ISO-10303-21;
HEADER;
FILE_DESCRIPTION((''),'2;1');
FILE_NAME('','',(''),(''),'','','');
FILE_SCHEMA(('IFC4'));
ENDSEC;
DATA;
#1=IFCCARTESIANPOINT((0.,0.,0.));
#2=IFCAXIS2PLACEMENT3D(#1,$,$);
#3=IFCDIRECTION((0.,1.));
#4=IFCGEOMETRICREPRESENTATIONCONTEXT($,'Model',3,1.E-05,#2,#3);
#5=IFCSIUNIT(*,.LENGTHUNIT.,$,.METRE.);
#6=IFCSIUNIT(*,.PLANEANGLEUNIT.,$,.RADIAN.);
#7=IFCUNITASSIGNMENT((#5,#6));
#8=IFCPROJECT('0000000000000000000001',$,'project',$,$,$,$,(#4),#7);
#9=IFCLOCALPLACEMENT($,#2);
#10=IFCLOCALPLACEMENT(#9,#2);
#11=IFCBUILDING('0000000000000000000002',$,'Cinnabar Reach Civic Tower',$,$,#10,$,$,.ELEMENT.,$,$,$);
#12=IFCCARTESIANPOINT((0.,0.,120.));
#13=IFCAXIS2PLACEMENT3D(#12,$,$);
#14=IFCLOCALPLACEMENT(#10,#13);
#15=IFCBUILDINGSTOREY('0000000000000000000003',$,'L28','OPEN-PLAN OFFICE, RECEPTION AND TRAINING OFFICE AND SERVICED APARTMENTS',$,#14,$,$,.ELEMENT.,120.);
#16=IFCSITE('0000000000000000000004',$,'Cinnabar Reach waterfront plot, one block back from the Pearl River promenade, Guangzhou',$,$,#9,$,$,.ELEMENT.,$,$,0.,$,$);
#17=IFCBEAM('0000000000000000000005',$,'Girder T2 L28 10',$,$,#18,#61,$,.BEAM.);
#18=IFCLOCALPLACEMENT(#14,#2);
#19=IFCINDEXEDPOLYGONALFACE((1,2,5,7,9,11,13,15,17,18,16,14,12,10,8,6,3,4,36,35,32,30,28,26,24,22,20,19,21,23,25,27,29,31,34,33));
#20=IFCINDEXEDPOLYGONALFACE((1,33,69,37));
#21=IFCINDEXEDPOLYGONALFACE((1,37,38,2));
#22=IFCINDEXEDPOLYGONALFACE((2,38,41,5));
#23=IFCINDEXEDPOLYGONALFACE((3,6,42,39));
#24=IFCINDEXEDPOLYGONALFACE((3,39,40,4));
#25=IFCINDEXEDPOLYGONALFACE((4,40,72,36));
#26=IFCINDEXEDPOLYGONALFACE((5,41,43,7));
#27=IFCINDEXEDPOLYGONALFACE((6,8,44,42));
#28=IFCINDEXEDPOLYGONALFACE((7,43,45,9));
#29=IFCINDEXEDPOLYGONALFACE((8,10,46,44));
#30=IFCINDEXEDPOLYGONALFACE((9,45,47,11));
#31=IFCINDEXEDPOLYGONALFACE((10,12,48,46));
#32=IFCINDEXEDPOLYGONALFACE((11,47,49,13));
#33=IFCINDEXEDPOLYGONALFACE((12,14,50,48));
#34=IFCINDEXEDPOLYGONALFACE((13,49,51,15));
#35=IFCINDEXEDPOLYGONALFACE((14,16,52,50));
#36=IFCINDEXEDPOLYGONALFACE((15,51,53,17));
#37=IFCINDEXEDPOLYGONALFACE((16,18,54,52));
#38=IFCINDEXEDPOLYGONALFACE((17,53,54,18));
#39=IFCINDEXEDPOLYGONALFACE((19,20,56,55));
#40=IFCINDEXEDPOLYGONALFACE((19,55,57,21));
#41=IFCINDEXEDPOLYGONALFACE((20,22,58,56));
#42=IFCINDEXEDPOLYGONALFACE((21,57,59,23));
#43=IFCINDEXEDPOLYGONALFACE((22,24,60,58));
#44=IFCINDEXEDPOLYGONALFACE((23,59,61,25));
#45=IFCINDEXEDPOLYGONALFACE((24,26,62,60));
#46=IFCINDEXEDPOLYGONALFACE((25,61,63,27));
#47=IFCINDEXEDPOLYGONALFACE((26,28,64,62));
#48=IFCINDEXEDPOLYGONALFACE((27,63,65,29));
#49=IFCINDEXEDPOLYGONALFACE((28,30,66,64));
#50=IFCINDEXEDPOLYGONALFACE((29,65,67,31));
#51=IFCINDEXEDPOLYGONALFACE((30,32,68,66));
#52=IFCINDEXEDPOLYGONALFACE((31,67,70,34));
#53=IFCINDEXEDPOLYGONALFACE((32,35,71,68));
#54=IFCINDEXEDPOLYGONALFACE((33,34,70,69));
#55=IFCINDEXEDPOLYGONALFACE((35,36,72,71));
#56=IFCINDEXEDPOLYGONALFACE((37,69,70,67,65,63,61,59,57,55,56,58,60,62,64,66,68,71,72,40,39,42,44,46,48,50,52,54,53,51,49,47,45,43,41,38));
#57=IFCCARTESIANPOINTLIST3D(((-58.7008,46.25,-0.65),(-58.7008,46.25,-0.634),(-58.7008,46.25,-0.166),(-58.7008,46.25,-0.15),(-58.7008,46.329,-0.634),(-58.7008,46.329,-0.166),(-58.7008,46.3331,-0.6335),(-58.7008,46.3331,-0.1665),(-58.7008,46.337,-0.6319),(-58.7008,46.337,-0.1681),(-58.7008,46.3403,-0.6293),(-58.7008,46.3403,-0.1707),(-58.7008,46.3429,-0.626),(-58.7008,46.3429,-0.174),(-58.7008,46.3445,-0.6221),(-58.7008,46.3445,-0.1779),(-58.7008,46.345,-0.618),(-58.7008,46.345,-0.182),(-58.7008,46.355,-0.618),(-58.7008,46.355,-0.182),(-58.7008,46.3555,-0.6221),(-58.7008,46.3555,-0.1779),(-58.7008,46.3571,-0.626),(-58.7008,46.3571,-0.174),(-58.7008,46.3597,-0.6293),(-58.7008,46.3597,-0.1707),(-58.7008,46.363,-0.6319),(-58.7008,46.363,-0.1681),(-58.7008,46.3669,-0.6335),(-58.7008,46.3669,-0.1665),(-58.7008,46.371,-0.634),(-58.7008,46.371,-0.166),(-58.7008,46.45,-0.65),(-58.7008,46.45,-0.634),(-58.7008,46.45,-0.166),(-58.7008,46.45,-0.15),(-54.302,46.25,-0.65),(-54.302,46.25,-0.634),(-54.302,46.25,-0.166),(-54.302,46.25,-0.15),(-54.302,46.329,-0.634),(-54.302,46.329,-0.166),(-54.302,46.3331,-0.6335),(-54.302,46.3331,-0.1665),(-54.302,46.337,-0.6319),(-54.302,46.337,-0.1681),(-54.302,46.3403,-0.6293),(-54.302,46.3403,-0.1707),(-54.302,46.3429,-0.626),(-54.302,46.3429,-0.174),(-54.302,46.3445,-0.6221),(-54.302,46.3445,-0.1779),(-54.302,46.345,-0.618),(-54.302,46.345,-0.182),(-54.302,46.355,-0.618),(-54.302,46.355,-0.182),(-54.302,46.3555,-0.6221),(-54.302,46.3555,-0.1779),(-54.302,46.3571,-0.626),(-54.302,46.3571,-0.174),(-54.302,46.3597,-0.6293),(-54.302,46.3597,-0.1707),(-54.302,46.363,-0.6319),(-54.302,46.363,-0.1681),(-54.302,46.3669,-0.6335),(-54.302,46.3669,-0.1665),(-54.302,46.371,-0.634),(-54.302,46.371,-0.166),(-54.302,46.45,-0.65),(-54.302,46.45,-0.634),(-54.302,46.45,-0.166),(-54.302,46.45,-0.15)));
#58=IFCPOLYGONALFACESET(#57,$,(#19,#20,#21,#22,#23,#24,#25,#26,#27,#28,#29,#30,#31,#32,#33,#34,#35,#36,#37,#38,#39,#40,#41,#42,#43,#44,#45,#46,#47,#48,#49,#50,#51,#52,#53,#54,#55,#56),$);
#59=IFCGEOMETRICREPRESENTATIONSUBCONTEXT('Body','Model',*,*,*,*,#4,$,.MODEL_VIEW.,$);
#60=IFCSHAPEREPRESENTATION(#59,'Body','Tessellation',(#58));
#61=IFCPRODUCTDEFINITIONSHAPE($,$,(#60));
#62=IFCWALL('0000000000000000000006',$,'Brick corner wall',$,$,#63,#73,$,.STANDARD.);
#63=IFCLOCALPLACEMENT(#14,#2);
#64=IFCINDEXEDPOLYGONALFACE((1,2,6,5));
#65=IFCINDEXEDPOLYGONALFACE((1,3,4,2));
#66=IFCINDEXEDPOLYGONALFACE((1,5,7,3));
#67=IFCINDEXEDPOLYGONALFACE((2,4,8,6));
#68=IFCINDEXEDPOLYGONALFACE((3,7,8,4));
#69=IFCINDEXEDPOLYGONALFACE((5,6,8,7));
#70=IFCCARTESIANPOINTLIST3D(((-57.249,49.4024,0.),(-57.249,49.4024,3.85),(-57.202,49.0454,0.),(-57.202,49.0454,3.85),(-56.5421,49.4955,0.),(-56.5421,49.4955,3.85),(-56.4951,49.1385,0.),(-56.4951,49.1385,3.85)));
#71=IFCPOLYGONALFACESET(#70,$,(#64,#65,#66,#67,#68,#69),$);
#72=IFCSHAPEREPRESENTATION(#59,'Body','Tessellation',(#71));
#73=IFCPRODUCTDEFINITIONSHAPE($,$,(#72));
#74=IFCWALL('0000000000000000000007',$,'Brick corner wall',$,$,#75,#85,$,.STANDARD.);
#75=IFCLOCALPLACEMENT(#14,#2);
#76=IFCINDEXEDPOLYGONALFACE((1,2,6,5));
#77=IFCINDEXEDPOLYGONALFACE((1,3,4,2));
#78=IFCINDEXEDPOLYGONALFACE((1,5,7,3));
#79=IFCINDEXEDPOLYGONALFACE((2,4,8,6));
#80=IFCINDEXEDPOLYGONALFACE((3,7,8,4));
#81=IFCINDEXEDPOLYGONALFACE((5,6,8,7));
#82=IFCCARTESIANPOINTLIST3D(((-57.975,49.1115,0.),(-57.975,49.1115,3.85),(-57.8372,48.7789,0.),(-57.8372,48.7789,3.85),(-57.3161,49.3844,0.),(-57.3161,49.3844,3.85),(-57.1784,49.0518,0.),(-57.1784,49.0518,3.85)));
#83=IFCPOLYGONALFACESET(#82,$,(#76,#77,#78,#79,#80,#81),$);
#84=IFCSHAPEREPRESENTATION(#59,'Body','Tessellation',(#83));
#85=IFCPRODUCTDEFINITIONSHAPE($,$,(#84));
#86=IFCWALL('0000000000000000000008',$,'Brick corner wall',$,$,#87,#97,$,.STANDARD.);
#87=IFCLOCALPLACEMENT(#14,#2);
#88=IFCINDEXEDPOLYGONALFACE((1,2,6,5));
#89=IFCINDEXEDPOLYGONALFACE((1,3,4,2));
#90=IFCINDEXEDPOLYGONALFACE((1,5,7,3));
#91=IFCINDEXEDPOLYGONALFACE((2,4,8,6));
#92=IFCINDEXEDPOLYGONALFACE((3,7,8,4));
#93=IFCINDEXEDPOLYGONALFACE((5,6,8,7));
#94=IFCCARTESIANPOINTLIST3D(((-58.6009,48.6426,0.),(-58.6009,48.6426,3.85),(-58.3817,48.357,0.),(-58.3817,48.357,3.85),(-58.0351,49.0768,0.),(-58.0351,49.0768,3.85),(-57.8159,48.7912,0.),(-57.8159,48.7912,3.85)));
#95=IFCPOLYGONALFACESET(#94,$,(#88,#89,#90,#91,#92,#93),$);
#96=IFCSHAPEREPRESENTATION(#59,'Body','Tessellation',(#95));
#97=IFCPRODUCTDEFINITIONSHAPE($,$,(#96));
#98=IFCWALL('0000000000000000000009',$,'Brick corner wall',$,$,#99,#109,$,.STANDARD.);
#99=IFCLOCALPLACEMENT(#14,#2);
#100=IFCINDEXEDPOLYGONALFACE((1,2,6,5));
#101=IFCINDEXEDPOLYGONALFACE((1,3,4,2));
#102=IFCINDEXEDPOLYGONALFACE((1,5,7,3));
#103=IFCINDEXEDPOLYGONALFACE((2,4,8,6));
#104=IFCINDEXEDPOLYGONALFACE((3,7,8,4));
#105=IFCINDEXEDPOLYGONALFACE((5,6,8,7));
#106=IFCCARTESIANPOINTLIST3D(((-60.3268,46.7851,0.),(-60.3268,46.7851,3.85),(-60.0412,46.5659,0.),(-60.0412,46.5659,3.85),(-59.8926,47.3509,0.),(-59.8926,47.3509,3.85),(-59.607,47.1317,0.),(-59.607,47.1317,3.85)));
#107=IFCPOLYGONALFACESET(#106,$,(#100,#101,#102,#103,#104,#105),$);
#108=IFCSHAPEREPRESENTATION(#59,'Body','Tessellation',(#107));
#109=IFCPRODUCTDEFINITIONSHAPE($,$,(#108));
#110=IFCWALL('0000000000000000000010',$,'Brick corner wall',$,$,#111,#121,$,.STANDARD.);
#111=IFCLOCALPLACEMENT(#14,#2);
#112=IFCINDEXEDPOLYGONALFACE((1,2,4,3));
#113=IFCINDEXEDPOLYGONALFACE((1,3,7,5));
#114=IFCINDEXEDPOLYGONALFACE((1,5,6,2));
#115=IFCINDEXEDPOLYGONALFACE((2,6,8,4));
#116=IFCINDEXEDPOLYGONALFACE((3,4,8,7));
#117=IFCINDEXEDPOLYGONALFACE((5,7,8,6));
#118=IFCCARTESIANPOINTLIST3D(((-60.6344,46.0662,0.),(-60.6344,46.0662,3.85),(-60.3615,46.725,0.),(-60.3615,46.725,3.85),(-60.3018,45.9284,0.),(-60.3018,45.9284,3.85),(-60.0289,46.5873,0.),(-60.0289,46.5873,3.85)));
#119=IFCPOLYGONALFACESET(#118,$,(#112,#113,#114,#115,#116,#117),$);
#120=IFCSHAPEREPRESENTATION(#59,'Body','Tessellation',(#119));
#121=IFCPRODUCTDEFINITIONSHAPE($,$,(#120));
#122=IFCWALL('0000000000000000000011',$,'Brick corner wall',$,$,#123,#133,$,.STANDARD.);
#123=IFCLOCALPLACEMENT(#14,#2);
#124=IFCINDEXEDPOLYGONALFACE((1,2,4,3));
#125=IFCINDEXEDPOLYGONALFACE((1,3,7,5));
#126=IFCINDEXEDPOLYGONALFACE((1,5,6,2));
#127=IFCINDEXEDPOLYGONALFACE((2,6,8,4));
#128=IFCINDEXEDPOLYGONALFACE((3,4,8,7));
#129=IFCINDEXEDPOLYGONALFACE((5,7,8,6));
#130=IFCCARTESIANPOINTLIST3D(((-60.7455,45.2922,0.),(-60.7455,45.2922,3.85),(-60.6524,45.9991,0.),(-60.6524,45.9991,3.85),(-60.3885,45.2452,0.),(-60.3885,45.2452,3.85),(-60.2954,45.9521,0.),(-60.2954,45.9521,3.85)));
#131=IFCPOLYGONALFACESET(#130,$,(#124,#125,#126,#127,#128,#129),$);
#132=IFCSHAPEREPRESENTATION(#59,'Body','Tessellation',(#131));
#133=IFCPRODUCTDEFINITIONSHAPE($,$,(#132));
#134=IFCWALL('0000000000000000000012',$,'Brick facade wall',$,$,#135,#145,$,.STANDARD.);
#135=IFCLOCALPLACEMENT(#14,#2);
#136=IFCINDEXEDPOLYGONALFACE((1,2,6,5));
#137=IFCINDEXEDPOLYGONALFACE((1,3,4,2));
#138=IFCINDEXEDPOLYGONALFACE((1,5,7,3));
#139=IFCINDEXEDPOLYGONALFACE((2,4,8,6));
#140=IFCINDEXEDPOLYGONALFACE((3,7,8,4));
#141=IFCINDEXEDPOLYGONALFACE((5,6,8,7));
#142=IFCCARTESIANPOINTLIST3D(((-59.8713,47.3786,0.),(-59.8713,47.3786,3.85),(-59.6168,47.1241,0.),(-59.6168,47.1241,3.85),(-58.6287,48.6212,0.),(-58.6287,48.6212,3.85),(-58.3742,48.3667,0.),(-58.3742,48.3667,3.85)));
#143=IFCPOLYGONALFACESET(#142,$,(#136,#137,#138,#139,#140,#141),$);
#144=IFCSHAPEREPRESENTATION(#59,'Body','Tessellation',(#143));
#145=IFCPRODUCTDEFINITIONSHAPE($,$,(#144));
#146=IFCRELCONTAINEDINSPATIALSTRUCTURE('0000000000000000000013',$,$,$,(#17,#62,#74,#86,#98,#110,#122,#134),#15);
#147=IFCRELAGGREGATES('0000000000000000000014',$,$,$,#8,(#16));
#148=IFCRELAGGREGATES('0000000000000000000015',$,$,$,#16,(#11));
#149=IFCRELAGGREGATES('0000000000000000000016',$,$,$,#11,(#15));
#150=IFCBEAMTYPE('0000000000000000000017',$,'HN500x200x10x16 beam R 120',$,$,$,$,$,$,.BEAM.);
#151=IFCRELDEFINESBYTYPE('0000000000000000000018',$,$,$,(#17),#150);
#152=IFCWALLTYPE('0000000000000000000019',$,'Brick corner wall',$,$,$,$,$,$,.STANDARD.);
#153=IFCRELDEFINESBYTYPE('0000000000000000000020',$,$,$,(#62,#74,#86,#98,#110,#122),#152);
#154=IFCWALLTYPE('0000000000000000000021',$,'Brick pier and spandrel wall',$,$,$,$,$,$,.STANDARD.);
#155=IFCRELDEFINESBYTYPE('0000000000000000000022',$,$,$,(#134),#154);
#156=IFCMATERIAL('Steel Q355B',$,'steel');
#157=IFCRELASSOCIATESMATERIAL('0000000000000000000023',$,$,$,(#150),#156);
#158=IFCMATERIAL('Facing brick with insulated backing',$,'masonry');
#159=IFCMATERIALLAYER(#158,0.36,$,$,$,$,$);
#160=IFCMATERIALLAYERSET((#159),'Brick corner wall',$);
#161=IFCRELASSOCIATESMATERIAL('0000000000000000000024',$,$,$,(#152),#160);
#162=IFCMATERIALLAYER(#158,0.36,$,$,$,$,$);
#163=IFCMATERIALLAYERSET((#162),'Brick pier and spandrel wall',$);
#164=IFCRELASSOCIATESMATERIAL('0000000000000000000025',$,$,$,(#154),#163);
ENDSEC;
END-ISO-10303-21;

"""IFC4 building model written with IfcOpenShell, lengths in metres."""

from ifc_helpers import new_model, si_unit, direction, frame, frame_2d, origin, origin_2d, place, context, subcontext, project, spatial, rectangle, i_section, extrude, material, layer, layer_set, material_profile, profile_set, type_object, element, save


model = new_model("IFC4")

# Units and contexts
model_context = context("Model", 3, precision=1e-05, world=origin(), true_north=direction((0.0, 1.0)))
body_context = subcontext(model_context, "Body", "Model", "MODEL_VIEW")
ifc_project = project(units=[si_unit("LENGTHUNIT", "METRE"), si_unit("PLANEANGLEUNIT", "RADIAN")], contexts=[model_context])

# Site, building, storey
site_placement = place(None, origin())
site = spatial("IfcSite", under=ifc_project, at=site_placement, Name="Cinnabar Reach waterfront plot, one block back from the Pearl River promenade, Guangzhou", CompositionType="ELEMENT", RefElevation=0.0)
building_placement = place(site_placement, origin())
building = spatial("IfcBuilding", under=site, at=building_placement, Name="Cinnabar Reach Civic Tower", CompositionType="ELEMENT")
storey_placement = place(building_placement, frame((0.0, 0.0, 120.0)))
storey = spatial("IfcBuildingStorey", under=building, at=storey_placement, Name="L28", Description="OPEN-PLAN OFFICE, RECEPTION AND TRAINING OFFICE AND SERVICED APARTMENTS", CompositionType="ELEMENT", Elevation=120.0)

# Beam
ifc_material_1 = material(Name="Steel Q355B", Category="steel")
ifc_material_profile_1 = material_profile(ifc_material_1, i_section(OverallWidth=0.2, OverallDepth=0.5, WebThickness=0.01, FlangeThickness=0.016, FilletRadius=0.016, at=origin_2d()), Name="HN500x200x10x16")
ifc_profile_set_1 = profile_set([ifc_material_profile_1], Name="Steel Q355B")
beam_type_1 = type_object("IfcBeamType", Name="HN500x200x10x16 beam R 120", PredefinedType="BEAM", material=ifc_profile_set_1)
beam_1_placement = place(storey_placement, frame((-58.7008, 46.35, -0.4), z_axis=(1.0, 0.0, 0.0), x_axis=(0.0, 1.0, 0.0)))
element("IfcBeam", 1, at=beam_1_placement, inside=storey, type_object=beam_type_1, Name="Girder T2 L28 10", PredefinedType="BEAM", context=body_context, shape_type="SweptSolid", body=[
    extrude(i_section(OverallWidth=0.2, OverallDepth=0.5, WebThickness=0.01, FlangeThickness=0.016, FilletRadius=0.016, at=origin_2d()), origin(), (0.0, 0.0, 1.0), 4.3988),
])

# Walls
ifc_material_2 = material(Name="Facing brick with insulated backing", Category="masonry")
ifc_layer_1 = layer(ifc_material_2, 0.36)
ifc_layer_set_1 = layer_set([ifc_layer_1], Name="Brick corner wall")
wall_type_1 = type_object("IfcWallType", Name="Brick corner wall", PredefinedType="STANDARD", material=ifc_layer_set_1)
for number, where, z_axis, x_axis, name in (
    (2, (-56.5186, 49.317, 0.0), (0.0, 0.0, 1.0), (-0.991441, -0.130556, 0.0), "Brick corner wall"),
    (3, (-57.2473, 49.2181, 0.0), (0.0, 0.0, 1.0), (-0.923872, -0.382703, 0.0), "Brick corner wall"),
):
    element("IfcWall", number, at=place(storey_placement, frame(where, z_axis=z_axis, x_axis=x_axis)), inside=storey, type_object=wall_type_1, Name=name, PredefinedType="STANDARD", context=body_context, shape_type="SweptSolid", body=[
        extrude(rectangle(XDim=0.7131, YDim=0.36, at=frame_2d((0.3565, 0.0))), origin(), (0.0, 0.0, 1.0), 3.85),
    ])
for number, where, z_axis, x_axis, name in (
    (4, (-57.9255, 48.934, 0.0), (0.0, 0.0, 1.0), (-0.793322, -0.608802, 0.0), "Brick corner wall"),
    (5, (-59.7498, 47.2413, 0.0), (0.0, 0.0, 1.0), (-0.608802, -0.793322, 0.0), "Brick corner wall"),
):
    element("IfcWall", number, at=place(storey_placement, frame(where, z_axis=z_axis, x_axis=x_axis)), inside=storey, type_object=wall_type_1, Name=name, PredefinedType="STANDARD", context=body_context, shape_type="SweptSolid", body=[
        extrude(rectangle(XDim=0.7132, YDim=0.36, at=frame_2d((0.3566, 0.0))), origin(), (0.0, 0.0, 1.0), 3.85),
    ])
for number, where, z_axis, x_axis, name in (
    (6, (-60.1952, 46.6561, 0.0), (0.0, 0.0, 1.0), (-0.382703, -0.923872, 0.0), "Brick corner wall"),
    (7, (-60.4739, 45.9756, 0.0), (0.0, 0.0, 1.0), (-0.130556, -0.991441, 0.0), "Brick corner wall"),
):
    element("IfcWall", number, at=place(storey_placement, frame(where, z_axis=z_axis, x_axis=x_axis)), inside=storey, type_object=wall_type_1, Name=name, PredefinedType="STANDARD", context=body_context, shape_type="SweptSolid", body=[
        extrude(rectangle(XDim=0.7131, YDim=0.36, at=frame_2d((0.3565, 0.0))), origin(), (0.0, 0.0, 1.0), 3.85),
    ])
ifc_layer_2 = layer(ifc_material_2, 0.36)
ifc_layer_set_2 = layer_set([ifc_layer_2], Name="Brick pier and spandrel wall")
wall_type_2 = type_object("IfcWallType", Name="Brick pier and spandrel wall", PredefinedType="STANDARD", material=ifc_layer_set_2)
wall_1_placement = place(storey_placement, frame((-58.5014, 48.494, 0.0), z_axis=(0.0, 0.0, 1.0), x_axis=(-0.707107, -0.707107, 0.0)))
element("IfcWall", 8, at=wall_1_placement, inside=storey, type_object=wall_type_2, Name="Brick facade wall", PredefinedType="STANDARD", context=body_context, shape_type="SweptSolid", body=[
    extrude(rectangle(XDim=1.7573, YDim=0.36, at=frame_2d((0.8787, 0.0))), origin(), (0.0, 0.0, 1.0), 3.85),
])

save(model, "model.ifc")
